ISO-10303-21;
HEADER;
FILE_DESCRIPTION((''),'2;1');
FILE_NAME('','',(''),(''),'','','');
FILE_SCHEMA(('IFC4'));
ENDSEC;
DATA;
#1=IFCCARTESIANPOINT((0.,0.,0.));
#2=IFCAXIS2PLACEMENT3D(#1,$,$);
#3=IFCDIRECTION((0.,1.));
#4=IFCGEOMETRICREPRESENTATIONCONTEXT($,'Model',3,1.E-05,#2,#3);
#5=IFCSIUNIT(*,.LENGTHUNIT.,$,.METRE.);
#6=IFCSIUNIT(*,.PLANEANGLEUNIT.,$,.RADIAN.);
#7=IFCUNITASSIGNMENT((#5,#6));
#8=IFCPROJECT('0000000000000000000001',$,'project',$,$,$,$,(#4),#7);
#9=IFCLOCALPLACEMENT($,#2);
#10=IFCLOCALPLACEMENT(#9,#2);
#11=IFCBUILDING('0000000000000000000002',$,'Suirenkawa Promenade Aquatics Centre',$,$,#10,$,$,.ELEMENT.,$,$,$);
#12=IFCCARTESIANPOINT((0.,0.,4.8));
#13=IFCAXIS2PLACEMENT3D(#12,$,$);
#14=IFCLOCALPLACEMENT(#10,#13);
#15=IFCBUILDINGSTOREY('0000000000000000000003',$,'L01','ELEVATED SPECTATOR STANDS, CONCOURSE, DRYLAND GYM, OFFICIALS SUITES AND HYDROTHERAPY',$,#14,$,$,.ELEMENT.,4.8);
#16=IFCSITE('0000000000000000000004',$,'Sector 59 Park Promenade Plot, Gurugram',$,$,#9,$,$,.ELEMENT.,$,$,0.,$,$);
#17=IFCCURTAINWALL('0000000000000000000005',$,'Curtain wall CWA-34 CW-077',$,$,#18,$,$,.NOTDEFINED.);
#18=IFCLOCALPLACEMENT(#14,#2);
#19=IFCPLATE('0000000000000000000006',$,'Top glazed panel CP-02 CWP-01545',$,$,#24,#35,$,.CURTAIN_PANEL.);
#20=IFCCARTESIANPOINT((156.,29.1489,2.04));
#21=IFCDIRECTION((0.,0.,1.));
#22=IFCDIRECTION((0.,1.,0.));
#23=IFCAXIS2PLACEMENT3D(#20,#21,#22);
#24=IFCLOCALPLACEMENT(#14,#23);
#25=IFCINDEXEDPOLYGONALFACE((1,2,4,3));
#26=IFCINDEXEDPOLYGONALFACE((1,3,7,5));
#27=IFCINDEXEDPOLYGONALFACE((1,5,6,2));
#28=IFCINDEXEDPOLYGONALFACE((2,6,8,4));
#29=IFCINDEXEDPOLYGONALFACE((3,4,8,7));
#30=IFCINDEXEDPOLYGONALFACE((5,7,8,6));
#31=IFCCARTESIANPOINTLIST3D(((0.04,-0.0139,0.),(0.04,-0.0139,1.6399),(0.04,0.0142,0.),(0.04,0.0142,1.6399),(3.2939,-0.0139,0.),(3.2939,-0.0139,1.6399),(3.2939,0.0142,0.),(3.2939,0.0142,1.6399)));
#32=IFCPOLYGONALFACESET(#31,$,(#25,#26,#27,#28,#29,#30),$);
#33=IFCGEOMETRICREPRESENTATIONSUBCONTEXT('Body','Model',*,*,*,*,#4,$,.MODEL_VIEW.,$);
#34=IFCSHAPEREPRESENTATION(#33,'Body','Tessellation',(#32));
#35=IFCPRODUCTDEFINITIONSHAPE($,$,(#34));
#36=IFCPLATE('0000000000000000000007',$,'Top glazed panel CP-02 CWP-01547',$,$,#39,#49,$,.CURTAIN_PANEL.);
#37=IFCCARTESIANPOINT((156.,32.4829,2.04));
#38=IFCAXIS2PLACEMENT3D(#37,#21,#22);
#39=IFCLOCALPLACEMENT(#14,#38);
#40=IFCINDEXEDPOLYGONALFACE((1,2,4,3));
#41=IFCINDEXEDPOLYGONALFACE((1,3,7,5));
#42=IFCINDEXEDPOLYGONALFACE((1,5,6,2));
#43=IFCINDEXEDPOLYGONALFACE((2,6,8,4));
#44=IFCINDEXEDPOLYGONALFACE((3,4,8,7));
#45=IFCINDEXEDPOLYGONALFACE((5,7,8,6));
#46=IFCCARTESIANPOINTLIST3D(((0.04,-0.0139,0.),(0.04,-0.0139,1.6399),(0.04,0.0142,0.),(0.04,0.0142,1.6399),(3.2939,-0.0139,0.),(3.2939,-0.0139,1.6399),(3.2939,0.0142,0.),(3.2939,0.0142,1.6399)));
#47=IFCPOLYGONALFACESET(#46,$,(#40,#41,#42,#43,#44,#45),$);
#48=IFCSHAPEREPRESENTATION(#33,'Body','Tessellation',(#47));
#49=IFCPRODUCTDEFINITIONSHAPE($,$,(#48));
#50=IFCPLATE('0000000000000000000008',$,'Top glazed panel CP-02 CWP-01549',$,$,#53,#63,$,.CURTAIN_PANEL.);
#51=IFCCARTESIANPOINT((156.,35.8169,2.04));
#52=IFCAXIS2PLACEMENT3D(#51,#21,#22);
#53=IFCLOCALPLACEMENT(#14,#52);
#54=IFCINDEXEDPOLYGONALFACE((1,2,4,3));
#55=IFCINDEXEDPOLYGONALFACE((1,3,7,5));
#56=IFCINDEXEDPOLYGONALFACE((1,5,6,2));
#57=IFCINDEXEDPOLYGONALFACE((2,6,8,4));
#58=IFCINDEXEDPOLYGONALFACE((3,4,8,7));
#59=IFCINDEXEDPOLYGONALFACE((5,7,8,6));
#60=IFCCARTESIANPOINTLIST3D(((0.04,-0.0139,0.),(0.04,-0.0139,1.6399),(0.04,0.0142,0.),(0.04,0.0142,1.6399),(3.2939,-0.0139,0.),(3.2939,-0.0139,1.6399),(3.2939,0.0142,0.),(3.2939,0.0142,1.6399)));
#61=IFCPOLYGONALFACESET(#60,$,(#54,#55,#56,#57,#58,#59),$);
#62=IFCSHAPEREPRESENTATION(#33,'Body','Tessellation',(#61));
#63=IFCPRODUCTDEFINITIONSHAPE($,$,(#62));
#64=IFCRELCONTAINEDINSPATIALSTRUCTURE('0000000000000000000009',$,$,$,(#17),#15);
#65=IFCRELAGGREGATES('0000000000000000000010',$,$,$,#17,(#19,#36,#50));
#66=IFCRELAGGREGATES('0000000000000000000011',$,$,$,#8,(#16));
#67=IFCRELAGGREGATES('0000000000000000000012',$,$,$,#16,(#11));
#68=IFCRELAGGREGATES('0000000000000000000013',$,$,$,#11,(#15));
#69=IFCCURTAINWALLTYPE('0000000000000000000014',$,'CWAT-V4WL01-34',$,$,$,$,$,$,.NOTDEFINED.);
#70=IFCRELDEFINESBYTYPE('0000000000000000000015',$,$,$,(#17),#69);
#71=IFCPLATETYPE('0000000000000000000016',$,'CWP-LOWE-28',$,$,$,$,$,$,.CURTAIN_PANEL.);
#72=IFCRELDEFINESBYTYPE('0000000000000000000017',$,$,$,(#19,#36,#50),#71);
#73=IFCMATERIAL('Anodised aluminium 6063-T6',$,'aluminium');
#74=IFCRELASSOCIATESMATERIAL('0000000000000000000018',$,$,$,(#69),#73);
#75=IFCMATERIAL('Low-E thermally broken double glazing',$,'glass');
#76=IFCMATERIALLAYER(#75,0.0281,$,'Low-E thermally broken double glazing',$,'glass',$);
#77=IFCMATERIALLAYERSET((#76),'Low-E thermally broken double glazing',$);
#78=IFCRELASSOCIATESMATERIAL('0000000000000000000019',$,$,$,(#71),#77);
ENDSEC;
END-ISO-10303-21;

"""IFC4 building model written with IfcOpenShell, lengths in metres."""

from ifc_helpers import new_model, si_unit, direction, frame, origin, place, context, subcontext, project, spatial, polyline, outline, extrude, material, layer, layer_set, type_object, element, aggregate, save


model = new_model("IFC4")

# Units and contexts
model_context = context("Model", 3, precision=1e-05, world=origin(), true_north=direction((0.0, 1.0)))
body_context = subcontext(model_context, "Body", "Model", "MODEL_VIEW")
ifc_project = project(units=[si_unit("LENGTHUNIT", "METRE"), si_unit("PLANEANGLEUNIT", "RADIAN")], contexts=[model_context])

# Site, building, storey
site_placement = place(None, origin())
site = spatial("IfcSite", under=ifc_project, at=site_placement, Name="Sector 59 Park Promenade Plot, Gurugram", CompositionType="ELEMENT", RefElevation=0.0)
building_placement = place(site_placement, origin())
building = spatial("IfcBuilding", under=site, at=building_placement, Name="Suirenkawa Promenade Aquatics Centre", CompositionType="ELEMENT")
storey_placement = place(building_placement, frame((0.0, 0.0, 4.8)))
storey = spatial("IfcBuildingStorey", under=building, at=storey_placement, Name="L01", Description="ELEVATED SPECTATOR STANDS, CONCOURSE, DRYLAND GYM, OFFICIALS SUITES AND HYDROTHERAPY", CompositionType="ELEMENT", Elevation=4.8)

# Curtain wall, plates
ifc_material_1 = material(Name="Anodised aluminium 6063-T6", Category="aluminium")
curtain_wall_type = type_object("IfcCurtainWallType", Name="CWAT-V4WL01-34", PredefinedType="NOTDEFINED", material=ifc_material_1)
curtain_wall_placement = place(storey_placement, origin())
curtain_wall = element("IfcCurtainWall", 1, at=curtain_wall_placement, inside=storey, type_object=curtain_wall_type, Name="Curtain wall CWA-34 CW-077", PredefinedType="NOTDEFINED")
ifc_material_2 = material(Name="Low-E thermally broken double glazing", Category="glass")
ifc_layer = layer(ifc_material_2, 0.0281, Name="Low-E thermally broken double glazing", Category="glass")
ifc_layer_set = layer_set([ifc_layer], Name="Low-E thermally broken double glazing")
plate_type = type_object("IfcPlateType", Name="CWP-LOWE-28", PredefinedType="CURTAIN_PANEL", material=ifc_layer_set)
plate_1_placement = place(storey_placement, frame((156.0, 29.1489, 2.04), z_axis=(0.0, 0.0, 1.0), x_axis=(0.0, 1.0, 0.0)))
plate_1 = element("IfcPlate", 2, at=plate_1_placement, type_object=plate_type, Name="Top glazed panel CP-02 CWP-01545", PredefinedType="CURTAIN_PANEL", context=body_context, shape_type="SweptSolid", body=[
    extrude(outline(polyline([(0.04, 0.0), (3.2939, 0.0), (3.2939, 1.6399), (0.04, 1.6399), (0.04, 0.0)])), frame((0.0, 0.0142, 0.0), z_axis=(0.0, -1.0, 0.0), x_axis=(1.0, 0.0, 0.0)), (0.0, 0.0, 1.0), 0.0281),
])
plate_2_placement = place(storey_placement, frame((156.0, 32.4829, 2.04), z_axis=(0.0, 0.0, 1.0), x_axis=(0.0, 1.0, 0.0)))
plate_2 = element("IfcPlate", 3, at=plate_2_placement, type_object=plate_type, Name="Top glazed panel CP-02 CWP-01547", PredefinedType="CURTAIN_PANEL", context=body_context, shape_type="SweptSolid", body=[
    extrude(outline(polyline([(0.04, 0.0), (3.2939, 0.0), (3.2939, 1.6399), (0.04, 1.6399), (0.04, 0.0)])), frame((0.0, 0.0142, 0.0), z_axis=(0.0, -1.0, 0.0), x_axis=(1.0, 0.0, 0.0)), (0.0, 0.0, 1.0), 0.0281),
])
plate_3_placement = place(storey_placement, frame((156.0, 35.8169, 2.04), z_axis=(0.0, 0.0, 1.0), x_axis=(0.0, 1.0, 0.0)))
plate_3 = element("IfcPlate", 4, at=plate_3_placement, type_object=plate_type, Name="Top glazed panel CP-02 CWP-01549", PredefinedType="CURTAIN_PANEL", context=body_context, shape_type="SweptSolid", body=[
    extrude(outline(polyline([(0.04, 0.0), (3.2939, 0.0), (3.2939, 1.6399), (0.04, 1.6399), (0.04, 0.0)])), frame((0.0, 0.0142, 0.0), z_axis=(0.0, -1.0, 0.0), x_axis=(1.0, 0.0, 0.0)), (0.0, 0.0, 1.0), 0.0281),
])
aggregate(curtain_wall, [plate_1, plate_2, plate_3])

save(model, "model.ifc")
